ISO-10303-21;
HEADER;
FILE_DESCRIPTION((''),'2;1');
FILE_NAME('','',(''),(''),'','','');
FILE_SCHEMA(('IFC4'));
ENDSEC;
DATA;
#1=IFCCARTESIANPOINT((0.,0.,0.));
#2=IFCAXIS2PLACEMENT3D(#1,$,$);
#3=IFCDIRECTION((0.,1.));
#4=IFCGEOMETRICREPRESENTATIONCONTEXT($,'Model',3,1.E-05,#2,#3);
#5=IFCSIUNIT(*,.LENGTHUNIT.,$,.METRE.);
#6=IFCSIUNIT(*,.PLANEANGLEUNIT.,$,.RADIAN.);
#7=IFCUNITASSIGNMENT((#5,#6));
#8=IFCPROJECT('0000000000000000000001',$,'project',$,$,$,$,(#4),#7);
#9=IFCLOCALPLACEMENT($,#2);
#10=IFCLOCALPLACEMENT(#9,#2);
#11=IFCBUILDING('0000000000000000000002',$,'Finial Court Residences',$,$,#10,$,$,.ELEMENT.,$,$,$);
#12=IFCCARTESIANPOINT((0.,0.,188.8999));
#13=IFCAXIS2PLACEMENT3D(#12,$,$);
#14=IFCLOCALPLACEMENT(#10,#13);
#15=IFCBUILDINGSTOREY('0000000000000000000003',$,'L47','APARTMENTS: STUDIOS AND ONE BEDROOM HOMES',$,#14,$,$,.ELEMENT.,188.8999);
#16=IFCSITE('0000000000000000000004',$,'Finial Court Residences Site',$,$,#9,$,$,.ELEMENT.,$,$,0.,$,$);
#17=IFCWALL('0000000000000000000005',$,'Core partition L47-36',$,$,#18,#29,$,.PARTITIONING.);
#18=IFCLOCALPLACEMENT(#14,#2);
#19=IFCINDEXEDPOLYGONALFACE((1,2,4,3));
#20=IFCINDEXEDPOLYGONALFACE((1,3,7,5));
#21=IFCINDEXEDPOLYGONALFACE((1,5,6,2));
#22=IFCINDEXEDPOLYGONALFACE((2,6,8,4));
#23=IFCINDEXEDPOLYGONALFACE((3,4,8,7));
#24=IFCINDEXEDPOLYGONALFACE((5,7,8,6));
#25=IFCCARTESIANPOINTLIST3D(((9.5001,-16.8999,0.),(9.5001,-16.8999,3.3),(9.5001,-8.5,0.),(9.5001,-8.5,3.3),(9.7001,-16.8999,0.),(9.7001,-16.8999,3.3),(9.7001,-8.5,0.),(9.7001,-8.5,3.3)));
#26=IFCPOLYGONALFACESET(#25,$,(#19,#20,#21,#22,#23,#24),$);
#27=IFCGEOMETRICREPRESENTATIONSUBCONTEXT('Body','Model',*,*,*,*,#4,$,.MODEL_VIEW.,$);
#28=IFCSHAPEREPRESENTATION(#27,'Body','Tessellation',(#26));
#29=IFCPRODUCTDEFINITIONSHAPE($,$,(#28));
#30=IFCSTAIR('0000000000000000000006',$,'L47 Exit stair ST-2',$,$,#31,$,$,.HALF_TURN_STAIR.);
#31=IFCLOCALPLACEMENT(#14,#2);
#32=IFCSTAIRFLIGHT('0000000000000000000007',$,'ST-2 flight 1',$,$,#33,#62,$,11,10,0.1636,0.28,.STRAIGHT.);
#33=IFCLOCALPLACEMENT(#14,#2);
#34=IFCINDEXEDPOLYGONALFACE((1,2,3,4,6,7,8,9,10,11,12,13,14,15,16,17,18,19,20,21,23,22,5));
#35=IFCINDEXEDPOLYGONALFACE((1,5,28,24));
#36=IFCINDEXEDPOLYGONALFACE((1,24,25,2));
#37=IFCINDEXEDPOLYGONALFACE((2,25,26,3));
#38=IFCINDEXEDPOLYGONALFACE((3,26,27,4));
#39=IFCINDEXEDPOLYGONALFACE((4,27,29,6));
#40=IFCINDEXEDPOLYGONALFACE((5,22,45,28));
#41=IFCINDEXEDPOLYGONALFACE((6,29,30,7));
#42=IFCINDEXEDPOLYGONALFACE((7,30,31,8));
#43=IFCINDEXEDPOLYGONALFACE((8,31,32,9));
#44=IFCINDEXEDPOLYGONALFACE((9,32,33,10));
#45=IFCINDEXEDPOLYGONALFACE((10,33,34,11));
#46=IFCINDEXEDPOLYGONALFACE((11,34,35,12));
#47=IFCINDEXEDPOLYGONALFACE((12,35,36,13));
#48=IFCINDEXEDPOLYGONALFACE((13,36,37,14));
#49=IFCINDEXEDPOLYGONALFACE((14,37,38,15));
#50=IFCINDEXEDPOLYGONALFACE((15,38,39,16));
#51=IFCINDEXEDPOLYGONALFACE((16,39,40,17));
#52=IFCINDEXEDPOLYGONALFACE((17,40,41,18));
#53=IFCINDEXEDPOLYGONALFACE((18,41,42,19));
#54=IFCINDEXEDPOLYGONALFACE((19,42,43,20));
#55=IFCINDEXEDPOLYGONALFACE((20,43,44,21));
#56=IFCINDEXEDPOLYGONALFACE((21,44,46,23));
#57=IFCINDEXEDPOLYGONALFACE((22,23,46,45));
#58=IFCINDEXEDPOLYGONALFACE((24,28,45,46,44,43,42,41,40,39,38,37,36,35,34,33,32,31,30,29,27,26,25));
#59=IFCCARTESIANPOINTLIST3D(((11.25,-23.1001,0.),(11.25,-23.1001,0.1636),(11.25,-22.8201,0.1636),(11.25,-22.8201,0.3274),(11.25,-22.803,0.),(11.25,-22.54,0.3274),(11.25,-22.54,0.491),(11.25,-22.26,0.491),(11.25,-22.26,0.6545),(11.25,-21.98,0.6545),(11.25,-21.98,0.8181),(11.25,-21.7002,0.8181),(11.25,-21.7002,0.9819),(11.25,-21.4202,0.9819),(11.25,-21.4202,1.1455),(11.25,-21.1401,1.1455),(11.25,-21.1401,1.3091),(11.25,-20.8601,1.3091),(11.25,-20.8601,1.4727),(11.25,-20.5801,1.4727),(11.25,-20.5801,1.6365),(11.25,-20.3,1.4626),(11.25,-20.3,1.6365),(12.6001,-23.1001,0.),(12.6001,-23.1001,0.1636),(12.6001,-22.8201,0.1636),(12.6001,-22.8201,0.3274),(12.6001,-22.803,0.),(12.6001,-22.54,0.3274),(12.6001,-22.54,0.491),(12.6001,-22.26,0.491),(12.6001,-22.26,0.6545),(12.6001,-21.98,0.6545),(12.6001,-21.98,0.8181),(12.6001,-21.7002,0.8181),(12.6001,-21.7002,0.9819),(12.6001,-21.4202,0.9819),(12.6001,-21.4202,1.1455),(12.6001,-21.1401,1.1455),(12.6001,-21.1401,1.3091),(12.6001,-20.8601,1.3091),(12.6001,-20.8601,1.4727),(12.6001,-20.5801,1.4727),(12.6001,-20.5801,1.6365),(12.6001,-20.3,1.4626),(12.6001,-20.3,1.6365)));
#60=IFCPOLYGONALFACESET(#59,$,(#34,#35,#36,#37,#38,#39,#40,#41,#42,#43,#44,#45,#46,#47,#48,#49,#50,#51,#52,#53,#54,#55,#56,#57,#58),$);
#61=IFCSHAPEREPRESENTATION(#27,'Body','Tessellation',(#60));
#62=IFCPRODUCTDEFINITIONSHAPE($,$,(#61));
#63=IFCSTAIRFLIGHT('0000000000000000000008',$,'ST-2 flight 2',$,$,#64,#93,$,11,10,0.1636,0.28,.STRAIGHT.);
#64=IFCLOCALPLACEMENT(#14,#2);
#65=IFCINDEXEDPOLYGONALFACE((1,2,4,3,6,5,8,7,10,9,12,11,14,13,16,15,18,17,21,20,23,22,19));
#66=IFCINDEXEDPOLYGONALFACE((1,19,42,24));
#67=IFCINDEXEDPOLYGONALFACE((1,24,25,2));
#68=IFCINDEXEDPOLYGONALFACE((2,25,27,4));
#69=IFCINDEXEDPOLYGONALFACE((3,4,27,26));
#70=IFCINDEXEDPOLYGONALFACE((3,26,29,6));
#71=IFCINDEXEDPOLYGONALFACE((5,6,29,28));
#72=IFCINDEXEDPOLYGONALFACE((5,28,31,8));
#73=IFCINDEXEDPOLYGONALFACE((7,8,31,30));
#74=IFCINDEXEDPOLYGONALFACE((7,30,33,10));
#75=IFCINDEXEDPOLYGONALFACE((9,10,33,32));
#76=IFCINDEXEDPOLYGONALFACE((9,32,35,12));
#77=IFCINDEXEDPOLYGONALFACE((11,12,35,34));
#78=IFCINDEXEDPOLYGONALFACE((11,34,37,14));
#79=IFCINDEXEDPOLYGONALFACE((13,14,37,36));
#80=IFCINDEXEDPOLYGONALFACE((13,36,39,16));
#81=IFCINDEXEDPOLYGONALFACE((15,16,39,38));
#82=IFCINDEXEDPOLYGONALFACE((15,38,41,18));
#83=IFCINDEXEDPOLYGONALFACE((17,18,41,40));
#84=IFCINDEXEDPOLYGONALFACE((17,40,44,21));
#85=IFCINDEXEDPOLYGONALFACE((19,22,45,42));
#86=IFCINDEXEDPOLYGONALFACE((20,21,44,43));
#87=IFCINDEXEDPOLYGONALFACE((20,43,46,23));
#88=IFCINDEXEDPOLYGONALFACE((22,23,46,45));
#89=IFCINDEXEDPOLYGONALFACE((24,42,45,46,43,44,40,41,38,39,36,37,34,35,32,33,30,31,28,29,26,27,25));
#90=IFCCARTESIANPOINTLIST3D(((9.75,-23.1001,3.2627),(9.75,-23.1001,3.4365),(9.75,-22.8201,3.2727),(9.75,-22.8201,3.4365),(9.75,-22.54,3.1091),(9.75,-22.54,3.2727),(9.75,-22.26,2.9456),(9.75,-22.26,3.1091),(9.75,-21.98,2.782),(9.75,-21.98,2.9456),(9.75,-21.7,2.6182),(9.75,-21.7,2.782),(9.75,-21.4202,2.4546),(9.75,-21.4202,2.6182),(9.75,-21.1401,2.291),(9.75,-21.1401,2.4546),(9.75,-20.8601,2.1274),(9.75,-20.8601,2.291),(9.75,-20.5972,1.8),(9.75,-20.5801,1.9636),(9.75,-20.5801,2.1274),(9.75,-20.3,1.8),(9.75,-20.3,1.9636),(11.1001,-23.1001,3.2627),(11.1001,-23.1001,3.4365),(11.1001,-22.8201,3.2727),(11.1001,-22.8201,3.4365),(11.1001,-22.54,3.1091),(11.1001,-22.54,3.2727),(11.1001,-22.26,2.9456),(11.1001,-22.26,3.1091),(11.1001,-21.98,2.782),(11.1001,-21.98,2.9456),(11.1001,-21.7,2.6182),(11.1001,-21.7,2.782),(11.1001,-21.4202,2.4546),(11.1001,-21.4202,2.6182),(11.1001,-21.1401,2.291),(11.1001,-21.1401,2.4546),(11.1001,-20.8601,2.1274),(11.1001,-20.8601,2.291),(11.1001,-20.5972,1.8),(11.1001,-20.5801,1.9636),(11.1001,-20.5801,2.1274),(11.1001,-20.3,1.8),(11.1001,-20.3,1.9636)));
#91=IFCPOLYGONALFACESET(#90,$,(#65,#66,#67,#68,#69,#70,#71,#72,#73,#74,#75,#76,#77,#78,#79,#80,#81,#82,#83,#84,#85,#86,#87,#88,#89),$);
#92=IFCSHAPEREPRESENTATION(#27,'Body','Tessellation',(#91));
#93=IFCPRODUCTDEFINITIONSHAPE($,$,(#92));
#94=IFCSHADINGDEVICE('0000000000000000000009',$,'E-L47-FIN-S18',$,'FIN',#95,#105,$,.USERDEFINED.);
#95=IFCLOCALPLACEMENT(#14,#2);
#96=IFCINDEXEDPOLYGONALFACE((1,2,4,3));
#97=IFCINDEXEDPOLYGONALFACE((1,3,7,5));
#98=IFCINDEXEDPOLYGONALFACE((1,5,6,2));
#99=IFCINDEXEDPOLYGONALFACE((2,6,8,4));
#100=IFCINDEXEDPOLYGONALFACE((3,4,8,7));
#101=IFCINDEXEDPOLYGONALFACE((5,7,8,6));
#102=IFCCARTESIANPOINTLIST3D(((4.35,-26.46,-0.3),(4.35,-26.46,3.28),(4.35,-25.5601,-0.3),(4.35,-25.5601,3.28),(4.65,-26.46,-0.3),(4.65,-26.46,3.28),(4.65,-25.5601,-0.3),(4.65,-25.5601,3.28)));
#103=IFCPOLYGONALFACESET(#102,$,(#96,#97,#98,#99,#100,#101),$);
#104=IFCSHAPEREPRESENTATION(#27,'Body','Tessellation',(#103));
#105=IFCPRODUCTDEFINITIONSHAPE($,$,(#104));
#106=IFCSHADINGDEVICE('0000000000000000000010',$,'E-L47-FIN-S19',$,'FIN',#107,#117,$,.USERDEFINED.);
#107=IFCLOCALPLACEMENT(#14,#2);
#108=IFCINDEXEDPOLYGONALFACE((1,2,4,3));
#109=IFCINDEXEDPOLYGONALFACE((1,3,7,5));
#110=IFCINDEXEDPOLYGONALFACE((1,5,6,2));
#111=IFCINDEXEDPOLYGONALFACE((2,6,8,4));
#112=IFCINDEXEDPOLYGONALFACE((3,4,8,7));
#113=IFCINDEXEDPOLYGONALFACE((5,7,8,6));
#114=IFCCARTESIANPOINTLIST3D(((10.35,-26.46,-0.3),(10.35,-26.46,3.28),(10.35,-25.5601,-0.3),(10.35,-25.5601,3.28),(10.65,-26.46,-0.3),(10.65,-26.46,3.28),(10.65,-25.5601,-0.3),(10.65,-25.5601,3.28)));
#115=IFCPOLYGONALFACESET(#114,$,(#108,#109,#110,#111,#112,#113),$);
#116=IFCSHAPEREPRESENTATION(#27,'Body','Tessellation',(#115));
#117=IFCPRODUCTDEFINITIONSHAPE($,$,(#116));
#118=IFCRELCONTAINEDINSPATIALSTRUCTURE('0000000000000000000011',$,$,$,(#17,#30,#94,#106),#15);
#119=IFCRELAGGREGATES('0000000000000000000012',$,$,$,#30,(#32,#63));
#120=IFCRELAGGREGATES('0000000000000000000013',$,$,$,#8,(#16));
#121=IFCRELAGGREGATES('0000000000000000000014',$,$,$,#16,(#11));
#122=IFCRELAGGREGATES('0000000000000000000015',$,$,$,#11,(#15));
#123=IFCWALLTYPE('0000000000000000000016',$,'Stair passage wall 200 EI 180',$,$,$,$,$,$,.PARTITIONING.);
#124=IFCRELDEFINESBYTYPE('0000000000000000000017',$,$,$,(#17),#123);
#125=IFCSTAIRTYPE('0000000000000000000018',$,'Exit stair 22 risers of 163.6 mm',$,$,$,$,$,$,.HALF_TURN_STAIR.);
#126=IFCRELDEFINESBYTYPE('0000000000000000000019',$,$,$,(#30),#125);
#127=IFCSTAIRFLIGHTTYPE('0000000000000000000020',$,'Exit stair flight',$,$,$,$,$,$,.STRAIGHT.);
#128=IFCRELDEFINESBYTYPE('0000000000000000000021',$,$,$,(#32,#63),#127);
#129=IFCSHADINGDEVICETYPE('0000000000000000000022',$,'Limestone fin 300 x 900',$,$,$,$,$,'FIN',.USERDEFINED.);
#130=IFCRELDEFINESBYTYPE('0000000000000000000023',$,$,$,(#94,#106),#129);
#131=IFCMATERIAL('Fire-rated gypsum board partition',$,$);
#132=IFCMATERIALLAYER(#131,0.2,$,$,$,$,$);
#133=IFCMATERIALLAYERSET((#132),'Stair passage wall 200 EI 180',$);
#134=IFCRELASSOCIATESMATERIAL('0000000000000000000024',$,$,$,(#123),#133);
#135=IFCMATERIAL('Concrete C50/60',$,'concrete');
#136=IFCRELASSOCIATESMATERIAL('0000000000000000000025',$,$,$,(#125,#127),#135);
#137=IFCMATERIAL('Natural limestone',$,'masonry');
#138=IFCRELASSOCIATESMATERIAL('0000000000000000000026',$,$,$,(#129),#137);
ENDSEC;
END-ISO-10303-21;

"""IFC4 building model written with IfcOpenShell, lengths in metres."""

from ifc_helpers import new_model, si_unit, direction, frame, frame_2d, origin, origin_2d, place, context, subcontext, project, spatial, polyline, rectangle, outline, extrude, material, layer, layer_set, type_object, element, aggregate, save


model = new_model("IFC4")

# Units and contexts
model_context = context("Model", 3, precision=1e-05, world=origin(), true_north=direction((0.0, 1.0)))
body_context = subcontext(model_context, "Body", "Model", "MODEL_VIEW")
ifc_project = project(units=[si_unit("LENGTHUNIT", "METRE"), si_unit("PLANEANGLEUNIT", "RADIAN")], contexts=[model_context])

# Site, building, storey
site_placement = place(None, origin())
site = spatial("IfcSite", under=ifc_project, at=site_placement, Name="Finial Court Residences Site", CompositionType="ELEMENT", RefElevation=0.0)
building_placement = place(site_placement, origin())
building = spatial("IfcBuilding", under=site, at=building_placement, Name="Finial Court Residences", CompositionType="ELEMENT")
storey_placement = place(building_placement, frame((0.0, 0.0, 188.8999)))
storey = spatial("IfcBuildingStorey", under=building, at=storey_placement, Name="L47", Description="APARTMENTS: STUDIOS AND ONE BEDROOM HOMES", CompositionType="ELEMENT", Elevation=188.8999)

# Shared definitions
ifc_material_1 = material(Name="Fire-rated gypsum board partition")

# Wall
ifc_layer_1 = layer(ifc_material_1, 0.2)
ifc_layer_set_1 = layer_set([ifc_layer_1], Name="Stair passage wall 200 EI 180")
wall_type_1 = type_object("IfcWallType", Name="Stair passage wall 200 EI 180", PredefinedType="PARTITIONING", material=ifc_layer_set_1)
wall_1_placement = place(storey_placement, frame((9.6001, -16.8999, 0.0), z_axis=(0.0, 0.0, 1.0), x_axis=(0.0, 1.0, 0.0)))
element("IfcWall", 1, at=wall_1_placement, inside=storey, type_object=wall_type_1, Name="Core partition L47-36", PredefinedType="PARTITIONING", context=body_context, shape_type="SweptSolid", body=[
    extrude(rectangle(XDim=8.3999, YDim=0.2, at=frame_2d((4.2, 0.0))), origin(), (0.0, 0.0, 1.0), 3.3),
])

# Stair, stair flights
ifc_material_2 = material(Name="Concrete C50/60", Category="concrete")
stair_type = type_object("IfcStairType", Name="Exit stair 22 risers of 163.6 mm", PredefinedType="HALF_TURN_STAIR", material=ifc_material_2)
stair_placement = place(storey_placement, origin())
stair = element("IfcStair", 2, at=stair_placement, inside=storey, type_object=stair_type, Name="L47 Exit stair ST-2", PredefinedType="HALF_TURN_STAIR")
stair_flight_type = type_object("IfcStairFlightType", Name="Exit stair flight", PredefinedType="STRAIGHT", material=ifc_material_2)
stair_flight_1_placement = place(storey_placement, frame((11.925, -23.1001, 0.0), z_axis=(0.0, 0.0, 1.0), x_axis=(0.0, 1.0, 0.0)))
stair_flight_1 = element("IfcStairFlight", 3, at=stair_flight_1_placement, type_object=stair_flight_type, Name="ST-2 flight 1", NumberOfRisers=11, NumberOfTreads=10, PredefinedType="STRAIGHT", RiserHeight=0.1636, TreadLength=0.28, context=body_context, shape_type="SweptSolid", body=[
    extrude(outline(polyline([(0.0, 0.0), (0.0, 0.1636), (0.28, 0.1636), (0.28, 0.3274), (0.5601, 0.3274), (0.5601, 0.491), (0.8401, 0.491), (0.8401, 0.6545), (1.1201, 0.6545), (1.1201, 0.8181), (1.3999, 0.8181), (1.3999, 0.9819), (1.6799, 0.9819), (1.6799, 1.1455), (1.96, 1.1455), (1.96, 1.3091), (2.24, 1.3091), (2.24, 1.4727), (2.52, 1.4727), (2.52, 1.6365), (2.8, 1.6365), (2.8, 1.8), (2.8, 1.4626), (0.2971, 0.0), (0.0, 0.0)])), frame((0.0, 0.675, 0.0), z_axis=(0.0, -1.0, 0.0), x_axis=(1.0, 0.0, 0.0)), (0.0, 0.0, 1.0), 1.3501),
])
stair_flight_2_placement = place(storey_placement, frame((10.425, -20.3, 1.8), z_axis=(0.0, 0.0, 1.0), x_axis=(0.0, -1.0, 0.0)))
stair_flight_2 = element("IfcStairFlight", 4, at=stair_flight_2_placement, type_object=stair_flight_type, Name="ST-2 flight 2", NumberOfRisers=11, NumberOfTreads=10, PredefinedType="STRAIGHT", RiserHeight=0.1636, TreadLength=0.28, context=body_context, shape_type="SweptSolid", body=[
    extrude(outline(polyline([(0.0, 0.0), (0.0, 0.1636), (0.28, 0.1636), (0.28, 0.3274), (0.5601, 0.3274), (0.5601, 0.491), (0.8401, 0.491), (0.8401, 0.6545), (1.1201, 0.6545), (1.1201, 0.8181), (1.3999, 0.8181), (1.3999, 0.9819), (1.6799, 0.9819), (1.6799, 1.1455), (1.96, 1.1455), (1.96, 1.3091), (2.24, 1.3091), (2.24, 1.4727), (2.52, 1.4727), (2.52, 1.6365), (2.8, 1.6365), (2.8, 1.8), (2.8, 1.4626), (0.2971, 0.0), (0.0, 0.0)])), frame((0.0, 0.675, 0.0), z_axis=(0.0, -1.0, 0.0), x_axis=(1.0, 0.0, 0.0)), (0.0, 0.0, 1.0), 1.3501),
])
aggregate(stair, [stair_flight_1, stair_flight_2])

# Shading devices
ifc_material_3 = material(Name="Natural limestone", Category="masonry")
shading_device_type = type_object("IfcShadingDeviceType", Name="Limestone fin 300 x 900", ElementType="FIN", PredefinedType="USERDEFINED", material=ifc_material_3)
for number, where, z_axis, x_axis, name in (
    (5, (4.5, -26.01, -0.3), (0.0, 0.0, 1.0), (1.0, 0.0, 0.0), "E-L47-FIN-S18"),
    (6, (10.5, -26.01, -0.3), (0.0, 0.0, 1.0), (1.0, 0.0, 0.0), "E-L47-FIN-S19"),
):
    element("IfcShadingDevice", number, at=place(storey_placement, frame(where, z_axis=z_axis, x_axis=x_axis)), inside=storey, type_object=shading_device_type, Name=name, ObjectType="FIN", PredefinedType="USERDEFINED", context=body_context, shape_type="SweptSolid", body=[
        extrude(rectangle(XDim=0.3, YDim=0.8999, at=origin_2d()), origin(), (0.0, 0.0, 1.0), 3.5801),
    ])

save(model, "model.ifc")
